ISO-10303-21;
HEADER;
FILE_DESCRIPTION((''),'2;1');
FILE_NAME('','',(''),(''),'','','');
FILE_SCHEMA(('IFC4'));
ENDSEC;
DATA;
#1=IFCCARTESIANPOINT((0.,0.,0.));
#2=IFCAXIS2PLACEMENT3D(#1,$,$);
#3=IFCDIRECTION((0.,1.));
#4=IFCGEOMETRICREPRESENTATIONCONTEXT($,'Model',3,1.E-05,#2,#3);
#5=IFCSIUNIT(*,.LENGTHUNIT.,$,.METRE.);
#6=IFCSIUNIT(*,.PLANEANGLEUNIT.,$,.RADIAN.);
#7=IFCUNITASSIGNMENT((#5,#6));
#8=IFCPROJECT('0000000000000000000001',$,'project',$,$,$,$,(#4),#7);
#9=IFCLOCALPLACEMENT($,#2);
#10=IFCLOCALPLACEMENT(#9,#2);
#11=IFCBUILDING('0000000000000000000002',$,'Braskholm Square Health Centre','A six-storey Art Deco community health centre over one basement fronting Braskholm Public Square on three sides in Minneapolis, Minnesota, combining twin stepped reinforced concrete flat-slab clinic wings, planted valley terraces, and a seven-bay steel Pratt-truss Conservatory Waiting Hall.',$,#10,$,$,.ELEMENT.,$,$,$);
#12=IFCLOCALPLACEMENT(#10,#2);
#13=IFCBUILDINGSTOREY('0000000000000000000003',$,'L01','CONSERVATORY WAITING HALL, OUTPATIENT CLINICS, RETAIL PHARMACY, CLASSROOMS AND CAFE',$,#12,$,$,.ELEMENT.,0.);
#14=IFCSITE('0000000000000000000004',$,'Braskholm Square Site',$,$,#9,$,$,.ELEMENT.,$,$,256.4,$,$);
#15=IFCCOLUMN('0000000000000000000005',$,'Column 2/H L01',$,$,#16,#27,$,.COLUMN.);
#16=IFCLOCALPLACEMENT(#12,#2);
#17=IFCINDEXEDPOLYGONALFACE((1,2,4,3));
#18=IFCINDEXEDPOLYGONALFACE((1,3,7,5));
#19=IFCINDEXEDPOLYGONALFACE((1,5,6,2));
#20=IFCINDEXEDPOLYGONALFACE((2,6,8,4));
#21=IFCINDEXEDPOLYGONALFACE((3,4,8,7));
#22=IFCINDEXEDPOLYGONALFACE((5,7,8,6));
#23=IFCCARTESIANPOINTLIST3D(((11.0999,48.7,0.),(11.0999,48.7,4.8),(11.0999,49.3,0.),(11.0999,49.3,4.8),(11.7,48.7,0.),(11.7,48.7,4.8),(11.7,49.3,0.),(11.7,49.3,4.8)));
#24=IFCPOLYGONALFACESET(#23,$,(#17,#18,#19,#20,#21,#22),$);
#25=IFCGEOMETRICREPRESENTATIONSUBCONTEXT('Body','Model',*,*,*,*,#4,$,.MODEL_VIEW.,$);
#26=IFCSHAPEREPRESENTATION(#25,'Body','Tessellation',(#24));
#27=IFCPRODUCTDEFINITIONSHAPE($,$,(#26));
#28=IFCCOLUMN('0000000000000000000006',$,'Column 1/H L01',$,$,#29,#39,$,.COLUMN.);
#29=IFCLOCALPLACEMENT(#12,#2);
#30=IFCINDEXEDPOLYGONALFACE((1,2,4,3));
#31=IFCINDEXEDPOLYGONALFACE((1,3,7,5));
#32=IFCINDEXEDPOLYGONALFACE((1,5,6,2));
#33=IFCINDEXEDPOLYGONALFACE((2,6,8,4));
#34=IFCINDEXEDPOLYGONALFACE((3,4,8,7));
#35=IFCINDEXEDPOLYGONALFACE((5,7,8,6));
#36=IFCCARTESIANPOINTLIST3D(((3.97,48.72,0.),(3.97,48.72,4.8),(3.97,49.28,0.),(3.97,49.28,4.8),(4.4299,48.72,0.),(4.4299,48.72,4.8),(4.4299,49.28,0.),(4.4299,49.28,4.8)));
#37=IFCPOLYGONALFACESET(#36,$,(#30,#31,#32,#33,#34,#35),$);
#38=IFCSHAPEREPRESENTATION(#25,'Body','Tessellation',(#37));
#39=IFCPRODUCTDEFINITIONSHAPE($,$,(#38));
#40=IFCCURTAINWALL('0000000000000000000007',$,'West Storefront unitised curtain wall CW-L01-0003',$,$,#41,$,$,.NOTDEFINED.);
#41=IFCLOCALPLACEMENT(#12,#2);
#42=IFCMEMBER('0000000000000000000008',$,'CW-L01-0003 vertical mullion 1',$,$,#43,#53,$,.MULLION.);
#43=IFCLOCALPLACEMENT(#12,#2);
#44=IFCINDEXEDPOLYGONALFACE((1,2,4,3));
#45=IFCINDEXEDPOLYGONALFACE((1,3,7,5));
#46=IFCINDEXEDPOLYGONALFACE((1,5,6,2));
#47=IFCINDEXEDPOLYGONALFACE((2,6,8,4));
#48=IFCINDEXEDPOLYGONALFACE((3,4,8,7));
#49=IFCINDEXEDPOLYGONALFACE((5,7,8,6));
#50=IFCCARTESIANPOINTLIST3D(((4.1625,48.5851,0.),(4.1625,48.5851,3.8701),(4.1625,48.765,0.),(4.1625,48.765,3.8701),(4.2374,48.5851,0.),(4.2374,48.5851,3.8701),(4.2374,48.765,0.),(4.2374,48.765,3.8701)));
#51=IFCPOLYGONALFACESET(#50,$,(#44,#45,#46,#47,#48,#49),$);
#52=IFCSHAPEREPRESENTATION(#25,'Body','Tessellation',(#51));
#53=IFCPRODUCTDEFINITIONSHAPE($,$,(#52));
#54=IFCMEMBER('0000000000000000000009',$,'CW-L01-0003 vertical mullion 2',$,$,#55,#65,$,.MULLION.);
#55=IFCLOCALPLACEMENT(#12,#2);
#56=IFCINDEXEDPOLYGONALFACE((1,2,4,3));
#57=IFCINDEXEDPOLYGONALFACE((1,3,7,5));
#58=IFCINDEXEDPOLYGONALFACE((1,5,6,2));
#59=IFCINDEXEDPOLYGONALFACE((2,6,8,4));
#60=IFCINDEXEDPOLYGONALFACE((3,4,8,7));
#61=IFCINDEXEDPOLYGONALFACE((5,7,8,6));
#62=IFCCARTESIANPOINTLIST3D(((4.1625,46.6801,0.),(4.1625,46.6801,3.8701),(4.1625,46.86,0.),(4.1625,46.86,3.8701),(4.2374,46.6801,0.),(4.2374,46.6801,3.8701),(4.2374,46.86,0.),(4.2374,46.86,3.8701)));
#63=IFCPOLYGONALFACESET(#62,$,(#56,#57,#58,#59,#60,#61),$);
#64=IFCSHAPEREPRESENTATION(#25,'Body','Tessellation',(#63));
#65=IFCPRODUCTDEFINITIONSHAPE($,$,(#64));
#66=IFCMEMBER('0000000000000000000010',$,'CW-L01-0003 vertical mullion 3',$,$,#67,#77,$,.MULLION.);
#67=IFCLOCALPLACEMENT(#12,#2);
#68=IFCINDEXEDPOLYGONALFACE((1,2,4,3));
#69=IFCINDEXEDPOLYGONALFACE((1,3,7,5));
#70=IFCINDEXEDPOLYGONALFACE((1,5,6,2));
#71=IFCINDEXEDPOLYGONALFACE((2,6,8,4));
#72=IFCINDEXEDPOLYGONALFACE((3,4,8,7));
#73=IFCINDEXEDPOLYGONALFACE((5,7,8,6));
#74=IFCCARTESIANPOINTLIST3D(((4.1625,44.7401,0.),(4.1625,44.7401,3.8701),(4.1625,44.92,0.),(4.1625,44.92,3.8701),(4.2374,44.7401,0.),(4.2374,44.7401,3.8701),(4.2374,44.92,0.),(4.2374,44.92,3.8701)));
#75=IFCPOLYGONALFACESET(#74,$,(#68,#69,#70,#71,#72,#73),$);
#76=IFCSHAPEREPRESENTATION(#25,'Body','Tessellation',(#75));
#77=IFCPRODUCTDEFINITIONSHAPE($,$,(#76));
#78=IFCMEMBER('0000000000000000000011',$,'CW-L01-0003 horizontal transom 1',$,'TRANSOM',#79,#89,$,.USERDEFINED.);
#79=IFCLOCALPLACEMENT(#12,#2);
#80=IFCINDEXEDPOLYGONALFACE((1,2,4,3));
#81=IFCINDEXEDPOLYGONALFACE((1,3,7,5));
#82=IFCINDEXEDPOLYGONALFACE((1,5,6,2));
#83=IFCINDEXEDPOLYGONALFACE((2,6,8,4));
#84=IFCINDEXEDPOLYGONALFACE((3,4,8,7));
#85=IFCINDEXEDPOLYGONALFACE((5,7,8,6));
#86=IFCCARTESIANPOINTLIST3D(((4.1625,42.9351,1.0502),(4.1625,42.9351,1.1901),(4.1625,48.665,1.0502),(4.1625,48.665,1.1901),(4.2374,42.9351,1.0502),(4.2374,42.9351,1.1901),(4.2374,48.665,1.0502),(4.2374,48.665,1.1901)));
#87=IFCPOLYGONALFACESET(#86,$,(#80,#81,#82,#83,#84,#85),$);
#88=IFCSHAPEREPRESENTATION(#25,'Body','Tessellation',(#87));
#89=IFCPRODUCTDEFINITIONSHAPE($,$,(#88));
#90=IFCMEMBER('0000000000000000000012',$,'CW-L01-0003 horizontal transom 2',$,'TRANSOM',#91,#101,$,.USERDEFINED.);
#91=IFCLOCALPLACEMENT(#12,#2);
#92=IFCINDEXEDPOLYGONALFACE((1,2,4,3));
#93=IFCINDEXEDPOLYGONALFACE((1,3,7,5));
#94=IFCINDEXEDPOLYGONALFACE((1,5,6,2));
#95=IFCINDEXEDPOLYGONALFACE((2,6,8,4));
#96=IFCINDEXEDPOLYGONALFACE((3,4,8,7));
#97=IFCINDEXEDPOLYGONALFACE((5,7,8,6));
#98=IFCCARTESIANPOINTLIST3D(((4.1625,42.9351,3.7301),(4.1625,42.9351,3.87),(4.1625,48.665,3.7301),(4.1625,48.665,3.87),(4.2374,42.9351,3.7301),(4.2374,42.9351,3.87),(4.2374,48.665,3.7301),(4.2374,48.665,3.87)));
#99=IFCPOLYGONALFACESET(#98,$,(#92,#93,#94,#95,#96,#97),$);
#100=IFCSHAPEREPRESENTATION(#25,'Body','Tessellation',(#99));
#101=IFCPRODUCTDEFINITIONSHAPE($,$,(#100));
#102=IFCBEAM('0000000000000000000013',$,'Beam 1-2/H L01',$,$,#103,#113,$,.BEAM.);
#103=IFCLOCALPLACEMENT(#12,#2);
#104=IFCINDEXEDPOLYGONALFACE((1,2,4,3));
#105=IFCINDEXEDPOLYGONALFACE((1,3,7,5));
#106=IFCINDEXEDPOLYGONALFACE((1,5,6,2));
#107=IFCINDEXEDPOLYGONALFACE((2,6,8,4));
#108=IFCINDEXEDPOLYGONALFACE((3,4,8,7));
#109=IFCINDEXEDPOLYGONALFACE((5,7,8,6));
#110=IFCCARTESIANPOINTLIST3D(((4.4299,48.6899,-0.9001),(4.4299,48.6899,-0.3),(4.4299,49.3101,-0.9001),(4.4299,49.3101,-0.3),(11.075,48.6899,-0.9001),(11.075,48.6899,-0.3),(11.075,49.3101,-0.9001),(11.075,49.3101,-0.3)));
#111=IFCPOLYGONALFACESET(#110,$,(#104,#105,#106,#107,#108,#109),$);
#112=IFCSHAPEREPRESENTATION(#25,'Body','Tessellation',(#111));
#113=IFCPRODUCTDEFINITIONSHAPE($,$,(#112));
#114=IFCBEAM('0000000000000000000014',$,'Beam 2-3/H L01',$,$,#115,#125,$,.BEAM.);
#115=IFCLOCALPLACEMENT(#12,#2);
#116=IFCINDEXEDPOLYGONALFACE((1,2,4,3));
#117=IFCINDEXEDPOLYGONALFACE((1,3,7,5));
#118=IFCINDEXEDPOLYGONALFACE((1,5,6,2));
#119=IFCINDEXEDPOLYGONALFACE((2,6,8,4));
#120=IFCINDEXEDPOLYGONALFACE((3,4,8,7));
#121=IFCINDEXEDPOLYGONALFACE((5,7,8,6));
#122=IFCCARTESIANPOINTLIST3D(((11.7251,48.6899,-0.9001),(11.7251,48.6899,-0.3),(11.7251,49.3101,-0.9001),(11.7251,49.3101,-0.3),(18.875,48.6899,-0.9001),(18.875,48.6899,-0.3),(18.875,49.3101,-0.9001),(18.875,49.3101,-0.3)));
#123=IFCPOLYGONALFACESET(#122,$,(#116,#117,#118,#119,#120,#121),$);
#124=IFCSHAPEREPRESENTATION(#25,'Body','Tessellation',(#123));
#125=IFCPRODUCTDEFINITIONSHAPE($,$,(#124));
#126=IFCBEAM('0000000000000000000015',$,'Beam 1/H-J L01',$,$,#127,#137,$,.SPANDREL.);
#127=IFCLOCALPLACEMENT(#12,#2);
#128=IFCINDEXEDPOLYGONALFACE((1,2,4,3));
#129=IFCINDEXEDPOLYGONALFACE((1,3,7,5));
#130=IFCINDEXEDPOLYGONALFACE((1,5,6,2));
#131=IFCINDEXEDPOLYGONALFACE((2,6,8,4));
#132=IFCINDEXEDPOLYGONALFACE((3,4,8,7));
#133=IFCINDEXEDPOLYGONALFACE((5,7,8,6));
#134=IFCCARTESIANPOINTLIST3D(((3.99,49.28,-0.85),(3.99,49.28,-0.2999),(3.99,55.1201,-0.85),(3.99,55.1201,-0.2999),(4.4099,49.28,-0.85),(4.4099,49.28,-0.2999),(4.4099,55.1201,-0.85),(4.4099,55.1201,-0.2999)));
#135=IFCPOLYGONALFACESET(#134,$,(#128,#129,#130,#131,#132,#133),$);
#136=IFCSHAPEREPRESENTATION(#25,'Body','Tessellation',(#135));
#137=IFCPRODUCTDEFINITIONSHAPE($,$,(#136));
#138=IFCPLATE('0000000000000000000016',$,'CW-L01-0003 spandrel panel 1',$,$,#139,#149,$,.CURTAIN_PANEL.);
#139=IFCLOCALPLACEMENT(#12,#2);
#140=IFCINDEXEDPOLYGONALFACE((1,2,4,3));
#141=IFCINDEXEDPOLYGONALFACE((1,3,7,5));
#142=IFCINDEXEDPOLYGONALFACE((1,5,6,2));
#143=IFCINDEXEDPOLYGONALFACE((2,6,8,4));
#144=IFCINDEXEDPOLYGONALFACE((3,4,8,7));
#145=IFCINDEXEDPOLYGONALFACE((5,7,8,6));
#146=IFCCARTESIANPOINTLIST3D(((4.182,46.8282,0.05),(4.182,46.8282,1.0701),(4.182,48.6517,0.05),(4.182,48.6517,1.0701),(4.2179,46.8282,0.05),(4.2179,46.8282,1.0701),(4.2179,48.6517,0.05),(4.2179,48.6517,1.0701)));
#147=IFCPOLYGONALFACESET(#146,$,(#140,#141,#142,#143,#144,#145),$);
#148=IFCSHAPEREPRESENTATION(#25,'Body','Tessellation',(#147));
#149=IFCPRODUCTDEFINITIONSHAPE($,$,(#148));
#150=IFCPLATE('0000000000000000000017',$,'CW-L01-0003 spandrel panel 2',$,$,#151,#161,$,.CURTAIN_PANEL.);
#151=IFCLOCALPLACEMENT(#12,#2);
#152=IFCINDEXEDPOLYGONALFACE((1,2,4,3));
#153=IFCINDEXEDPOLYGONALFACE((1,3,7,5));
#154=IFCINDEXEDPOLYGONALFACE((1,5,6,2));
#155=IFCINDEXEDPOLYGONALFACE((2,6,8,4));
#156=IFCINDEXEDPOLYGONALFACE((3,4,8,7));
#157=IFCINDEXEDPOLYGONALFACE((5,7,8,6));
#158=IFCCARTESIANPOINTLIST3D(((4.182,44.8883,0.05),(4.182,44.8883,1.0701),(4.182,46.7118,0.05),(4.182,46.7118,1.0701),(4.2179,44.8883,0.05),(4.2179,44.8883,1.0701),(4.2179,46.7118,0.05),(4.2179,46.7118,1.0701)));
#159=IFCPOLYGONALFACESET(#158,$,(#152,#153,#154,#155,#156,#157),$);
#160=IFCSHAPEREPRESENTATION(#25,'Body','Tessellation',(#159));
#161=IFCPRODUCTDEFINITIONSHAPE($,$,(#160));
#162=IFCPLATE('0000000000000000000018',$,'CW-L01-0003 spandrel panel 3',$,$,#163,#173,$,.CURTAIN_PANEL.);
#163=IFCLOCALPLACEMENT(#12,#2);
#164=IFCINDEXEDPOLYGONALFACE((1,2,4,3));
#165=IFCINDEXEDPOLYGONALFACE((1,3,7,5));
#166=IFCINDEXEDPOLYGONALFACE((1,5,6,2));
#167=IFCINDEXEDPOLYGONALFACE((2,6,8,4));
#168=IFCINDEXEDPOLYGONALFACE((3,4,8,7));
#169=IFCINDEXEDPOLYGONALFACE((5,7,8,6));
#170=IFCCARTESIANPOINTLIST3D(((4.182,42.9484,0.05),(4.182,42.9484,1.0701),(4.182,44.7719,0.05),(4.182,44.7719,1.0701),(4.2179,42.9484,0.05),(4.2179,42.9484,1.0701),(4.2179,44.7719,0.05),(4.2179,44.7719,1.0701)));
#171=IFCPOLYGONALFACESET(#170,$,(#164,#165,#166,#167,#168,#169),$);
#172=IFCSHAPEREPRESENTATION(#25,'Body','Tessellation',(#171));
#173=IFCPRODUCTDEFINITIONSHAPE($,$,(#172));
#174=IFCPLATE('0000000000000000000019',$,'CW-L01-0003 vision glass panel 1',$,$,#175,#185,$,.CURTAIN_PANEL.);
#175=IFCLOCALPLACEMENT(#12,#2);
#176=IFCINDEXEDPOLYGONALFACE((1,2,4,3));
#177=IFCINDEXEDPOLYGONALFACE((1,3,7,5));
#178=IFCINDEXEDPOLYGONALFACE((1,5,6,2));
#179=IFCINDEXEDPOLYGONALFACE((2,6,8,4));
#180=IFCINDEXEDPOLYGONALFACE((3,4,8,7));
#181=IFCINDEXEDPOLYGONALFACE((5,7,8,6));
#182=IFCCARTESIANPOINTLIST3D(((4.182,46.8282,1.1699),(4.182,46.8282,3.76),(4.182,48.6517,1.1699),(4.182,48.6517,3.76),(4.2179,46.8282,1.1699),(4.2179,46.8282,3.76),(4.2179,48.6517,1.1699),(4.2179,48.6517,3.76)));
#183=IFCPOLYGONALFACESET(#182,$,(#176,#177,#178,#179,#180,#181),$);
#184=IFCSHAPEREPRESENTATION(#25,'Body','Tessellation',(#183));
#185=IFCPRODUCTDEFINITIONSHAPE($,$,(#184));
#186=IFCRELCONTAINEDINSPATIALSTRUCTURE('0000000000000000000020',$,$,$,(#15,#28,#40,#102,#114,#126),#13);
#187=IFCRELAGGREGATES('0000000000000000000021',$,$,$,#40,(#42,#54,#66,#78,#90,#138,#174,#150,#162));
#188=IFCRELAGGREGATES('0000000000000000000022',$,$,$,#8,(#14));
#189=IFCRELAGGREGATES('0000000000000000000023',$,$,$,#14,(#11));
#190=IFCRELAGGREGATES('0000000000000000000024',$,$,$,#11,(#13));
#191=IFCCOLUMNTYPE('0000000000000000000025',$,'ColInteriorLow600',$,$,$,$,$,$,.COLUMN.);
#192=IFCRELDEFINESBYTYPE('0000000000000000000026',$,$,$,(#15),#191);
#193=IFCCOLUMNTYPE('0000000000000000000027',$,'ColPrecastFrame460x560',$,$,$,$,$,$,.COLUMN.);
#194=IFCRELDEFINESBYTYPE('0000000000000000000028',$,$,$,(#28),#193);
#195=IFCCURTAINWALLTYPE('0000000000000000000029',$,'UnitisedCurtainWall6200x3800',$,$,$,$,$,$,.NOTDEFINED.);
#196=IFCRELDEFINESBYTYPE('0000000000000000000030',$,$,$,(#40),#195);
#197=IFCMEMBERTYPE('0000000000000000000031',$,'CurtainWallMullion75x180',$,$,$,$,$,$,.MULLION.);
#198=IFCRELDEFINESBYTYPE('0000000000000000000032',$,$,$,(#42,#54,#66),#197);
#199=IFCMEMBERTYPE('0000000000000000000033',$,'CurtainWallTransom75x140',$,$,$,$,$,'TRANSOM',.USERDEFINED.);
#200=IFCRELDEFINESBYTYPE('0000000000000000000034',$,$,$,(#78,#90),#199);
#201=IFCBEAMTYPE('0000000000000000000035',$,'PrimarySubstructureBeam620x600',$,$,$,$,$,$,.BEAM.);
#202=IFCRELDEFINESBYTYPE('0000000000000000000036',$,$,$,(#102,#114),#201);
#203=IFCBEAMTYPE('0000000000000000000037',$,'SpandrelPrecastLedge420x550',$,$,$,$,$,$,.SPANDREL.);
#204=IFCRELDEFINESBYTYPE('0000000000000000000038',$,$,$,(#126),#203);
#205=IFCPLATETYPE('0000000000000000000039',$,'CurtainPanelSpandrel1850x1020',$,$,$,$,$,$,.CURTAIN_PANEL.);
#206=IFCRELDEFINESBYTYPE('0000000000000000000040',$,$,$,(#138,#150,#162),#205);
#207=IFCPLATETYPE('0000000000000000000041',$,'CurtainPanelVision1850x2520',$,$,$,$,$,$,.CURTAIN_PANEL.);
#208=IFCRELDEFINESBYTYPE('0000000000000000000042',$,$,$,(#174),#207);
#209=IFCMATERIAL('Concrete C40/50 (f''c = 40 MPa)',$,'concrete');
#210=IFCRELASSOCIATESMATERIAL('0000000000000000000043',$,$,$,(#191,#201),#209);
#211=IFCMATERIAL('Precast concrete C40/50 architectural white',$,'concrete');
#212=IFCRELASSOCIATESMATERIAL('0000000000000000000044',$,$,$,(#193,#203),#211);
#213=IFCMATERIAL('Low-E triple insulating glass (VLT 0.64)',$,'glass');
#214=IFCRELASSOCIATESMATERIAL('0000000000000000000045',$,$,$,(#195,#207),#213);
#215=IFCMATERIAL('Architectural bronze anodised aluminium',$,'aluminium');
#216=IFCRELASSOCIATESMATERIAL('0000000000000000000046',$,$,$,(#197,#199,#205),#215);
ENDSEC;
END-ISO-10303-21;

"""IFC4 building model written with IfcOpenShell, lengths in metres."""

from ifc_helpers import new_model, si_unit, direction, frame, origin, origin_2d, place, context, subcontext, project, spatial, rectangle, extrude, material, material_profile, profile_set, type_object, element, aggregate, save


model = new_model("IFC4")

# Units and contexts
model_context = context("Model", 3, precision=1e-05, world=origin(), true_north=direction((0.0, 1.0)))
body_context = subcontext(model_context, "Body", "Model", "MODEL_VIEW")
ifc_project = project(units=[si_unit("LENGTHUNIT", "METRE"), si_unit("PLANEANGLEUNIT", "RADIAN")], contexts=[model_context])

# Site, building, storey
site_placement = place(None, origin())
site = spatial("IfcSite", under=ifc_project, at=site_placement, Name="Braskholm Square Site", CompositionType="ELEMENT", RefElevation=256.4)
building_placement = place(site_placement, origin())
building = spatial("IfcBuilding", under=site, at=building_placement, Name="Braskholm Square Health Centre", Description="A six-storey Art Deco community health centre over one basement fronting Braskholm Public Square on three sides in Minneapolis, Minnesota, combining twin stepped reinforced concrete flat-slab clinic wings, planted valley terraces, and a seven-bay steel Pratt-truss Conservatory Waiting Hall.", CompositionType="ELEMENT")
storey_placement = place(building_placement, origin())
storey = spatial("IfcBuildingStorey", under=building, at=storey_placement, Name="L01", Description="CONSERVATORY WAITING HALL, OUTPATIENT CLINICS, RETAIL PHARMACY, CLASSROOMS AND CAFE", CompositionType="ELEMENT", Elevation=0.0)

# Columns
ifc_material_1 = material(Name="Concrete C40/50 (f'c = 40 MPa)", Category="concrete")
ifc_material_profile_1 = material_profile(ifc_material_1, rectangle(XDim=0.6001, YDim=0.6001, at=origin_2d()), Name="RC-600X600")
ifc_profile_set_1 = profile_set([ifc_material_profile_1], Name="Concrete C40/50 (f'c = 40 MPa)")
column_type_1 = type_object("IfcColumnType", Name="ColInteriorLow600", PredefinedType="COLUMN", material=ifc_profile_set_1)
column_1_placement = place(storey_placement, frame((11.3999, 49.0, 0.0), z_axis=(0.0, 0.0, 1.0), x_axis=(1.0, 0.0, 0.0)))
element("IfcColumn", 1, at=column_1_placement, inside=storey, type_object=column_type_1, Name="Column 2/H L01", PredefinedType="COLUMN", context=body_context, shape_type="SweptSolid", body=[
    extrude(rectangle(XDim=0.6001, YDim=0.6001, at=origin_2d()), origin(), (0.0, 0.0, 1.0), 4.8),
])
ifc_material_2 = material(Name="Precast concrete C40/50 architectural white", Category="concrete")
ifc_material_profile_2 = material_profile(ifc_material_2, rectangle(XDim=0.46, YDim=0.5601, at=origin_2d()), Name="RC-460X560")
ifc_profile_set_2 = profile_set([ifc_material_profile_2], Name="Precast concrete C40/50 architectural white")
column_type_2 = type_object("IfcColumnType", Name="ColPrecastFrame460x560", PredefinedType="COLUMN", material=ifc_profile_set_2)
column_2_placement = place(storey_placement, frame((4.2, 49.0, 0.0), z_axis=(0.0, 0.0, 1.0), x_axis=(1.0, 0.0, 0.0)))
element("IfcColumn", 2, at=column_2_placement, inside=storey, type_object=column_type_2, Name="Column 1/H L01", PredefinedType="COLUMN", context=body_context, shape_type="SweptSolid", body=[
    extrude(rectangle(XDim=0.46, YDim=0.5601, at=origin_2d()), origin(), (0.0, 0.0, 1.0), 4.8),
])

# Curtain wall, members
ifc_material_3 = material(Name="Low-E triple insulating glass (VLT 0.64)", Category="glass")
curtain_wall_type = type_object("IfcCurtainWallType", Name="UnitisedCurtainWall6200x3800", PredefinedType="NOTDEFINED", material=ifc_material_3)
curtain_wall_placement = place(storey_placement, origin())
curtain_wall = element("IfcCurtainWall", 3, at=curtain_wall_placement, inside=storey, type_object=curtain_wall_type, Name="West Storefront unitised curtain wall CW-L01-0003", PredefinedType="NOTDEFINED")
ifc_material_4 = material(Name="Architectural bronze anodised aluminium", Category="aluminium")
ifc_material_profile_3 = material_profile(ifc_material_4, rectangle(XDim=0.075, YDim=0.1799, at=origin_2d()), Name="ALU-75X180")
ifc_profile_set_3 = profile_set([ifc_material_profile_3], Name="Architectural bronze anodised aluminium")
member_type_1 = type_object("IfcMemberType", Name="CurtainWallMullion75x180", PredefinedType="MULLION", material=ifc_profile_set_3)
member_1_placement = place(storey_placement, frame((4.2, 48.675, 0.0), z_axis=(0.0, 0.0, 1.0), x_axis=(1.0, 0.0, 0.0)))
member_1 = element("IfcMember", 4, at=member_1_placement, type_object=member_type_1, Name="CW-L01-0003 vertical mullion 1", PredefinedType="MULLION", context=body_context, shape_type="SweptSolid", body=[
    extrude(rectangle(XDim=0.075, YDim=0.1799, at=origin_2d()), origin(), (0.0, 0.0, 1.0), 3.8701),
])
member_2_placement = place(storey_placement, frame((4.2, 46.77, 0.0), z_axis=(0.0, 0.0, 1.0), x_axis=(1.0, 0.0, 0.0)))
member_2 = element("IfcMember", 5, at=member_2_placement, type_object=member_type_1, Name="CW-L01-0003 vertical mullion 2", PredefinedType="MULLION", context=body_context, shape_type="SweptSolid", body=[
    extrude(rectangle(XDim=0.075, YDim=0.1799, at=origin_2d()), origin(), (0.0, 0.0, 1.0), 3.8701),
])
member_3_placement = place(storey_placement, frame((4.2, 44.8301, 0.0), z_axis=(0.0, 0.0, 1.0), x_axis=(1.0, 0.0, 0.0)))
member_3 = element("IfcMember", 6, at=member_3_placement, type_object=member_type_1, Name="CW-L01-0003 vertical mullion 3", PredefinedType="MULLION", context=body_context, shape_type="SweptSolid", body=[
    extrude(rectangle(XDim=0.075, YDim=0.1799, at=origin_2d()), origin(), (0.0, 0.0, 1.0), 3.8701),
])
ifc_material_profile_4 = material_profile(ifc_material_4, rectangle(XDim=0.075, YDim=0.1399, at=origin_2d()), Name="ALU-75X140")
ifc_profile_set_4 = profile_set([ifc_material_profile_4], Name="Architectural bronze anodised aluminium")
member_type_2 = type_object("IfcMemberType", Name="CurtainWallTransom75x140", ElementType="TRANSOM", PredefinedType="USERDEFINED", material=ifc_profile_set_4)
member_4_placement = place(storey_placement, frame((4.2, 48.665, 1.1201), z_axis=(0.0, -1.0, 0.0), x_axis=(1.0, 0.0, 0.0)))
member_4 = element("IfcMember", 7, at=member_4_placement, type_object=member_type_2, Name="CW-L01-0003 horizontal transom 1", ObjectType="TRANSOM", PredefinedType="USERDEFINED", context=body_context, shape_type="SweptSolid", body=[
    extrude(rectangle(XDim=0.075, YDim=0.1399, at=origin_2d()), origin(), (0.0, 0.0, 1.0), 5.73),
])
member_5_placement = place(storey_placement, frame((4.2, 48.665, 3.8), z_axis=(0.0, -1.0, 0.0), x_axis=(1.0, 0.0, 0.0)))
member_5 = element("IfcMember", 8, at=member_5_placement, type_object=member_type_2, Name="CW-L01-0003 horizontal transom 2", ObjectType="TRANSOM", PredefinedType="USERDEFINED", context=body_context, shape_type="SweptSolid", body=[
    extrude(rectangle(XDim=0.075, YDim=0.1399, at=origin_2d()), origin(), (0.0, 0.0, 1.0), 5.73),
])

# Beams
ifc_material_profile_5 = material_profile(ifc_material_1, rectangle(XDim=0.6201, YDim=0.6001, at=origin_2d()), Name="RCB-620X600")
ifc_profile_set_5 = profile_set([ifc_material_profile_5], Name="Concrete C40/50 (f'c = 40 MPa)")
beam_type_1 = type_object("IfcBeamType", Name="PrimarySubstructureBeam620x600", PredefinedType="BEAM", material=ifc_profile_set_5)
beam_1_placement = place(storey_placement, frame((4.4299, 49.0, -0.6001), z_axis=(1.0, 0.0, 0.0), x_axis=(0.0, 1.0, 0.0)))
element("IfcBeam", 9, at=beam_1_placement, inside=storey, type_object=beam_type_1, Name="Beam 1-2/H L01", PredefinedType="BEAM", context=body_context, shape_type="SweptSolid", body=[
    extrude(rectangle(XDim=0.6201, YDim=0.6001, at=origin_2d()), origin(), (0.0, 0.0, 1.0), 6.645),
])
beam_2_placement = place(storey_placement, frame((11.7251, 49.0, -0.6001), z_axis=(1.0, 0.0, 0.0), x_axis=(0.0, 1.0, 0.0)))
element("IfcBeam", 10, at=beam_2_placement, inside=storey, type_object=beam_type_1, Name="Beam 2-3/H L01", PredefinedType="BEAM", context=body_context, shape_type="SweptSolid", body=[
    extrude(rectangle(XDim=0.6201, YDim=0.6001, at=origin_2d()), origin(), (0.0, 0.0, 1.0), 7.1499),
])
ifc_material_profile_6 = material_profile(ifc_material_2, rectangle(XDim=0.4199, YDim=0.55, at=origin_2d()), Name="RCB-420X550")
ifc_profile_set_6 = profile_set([ifc_material_profile_6], Name="Precast concrete C40/50 architectural white")
beam_type_2 = type_object("IfcBeamType", Name="SpandrelPrecastLedge420x550", PredefinedType="SPANDREL", material=ifc_profile_set_6)
beam_3_placement = place(storey_placement, frame((4.2, 49.28, -0.575), z_axis=(0.0, 1.0, 0.0), x_axis=(-1.0, 0.0, 0.0)))
element("IfcBeam", 11, at=beam_3_placement, inside=storey, type_object=beam_type_2, Name="Beam 1/H-J L01", PredefinedType="SPANDREL", context=body_context, shape_type="SweptSolid", body=[
    extrude(rectangle(XDim=0.4199, YDim=0.55, at=origin_2d()), origin(), (0.0, 0.0, 1.0), 5.8401),
])

# Plates
plate_type_1 = type_object("IfcPlateType", Name="CurtainPanelSpandrel1850x1020", PredefinedType="CURTAIN_PANEL", material=ifc_material_4)
plate_1_placement = place(storey_placement, frame((4.2, 47.74, 0.05), z_axis=(0.0, 0.0, 1.0), x_axis=(0.0, -1.0, 0.0)))
plate_1 = element("IfcPlate", 12, at=plate_1_placement, type_object=plate_type_1, Name="CW-L01-0003 spandrel panel 1", PredefinedType="CURTAIN_PANEL", context=body_context, shape_type="SweptSolid", body=[
    extrude(rectangle(XDim=1.8235, YDim=0.0359, at=origin_2d()), origin(), (0.0, 0.0, 1.0), 1.02),
])
plate_2_placement = place(storey_placement, frame((4.2, 45.8, 0.05), z_axis=(0.0, 0.0, 1.0), x_axis=(0.0, -1.0, 0.0)))
plate_2 = element("IfcPlate", 13, at=plate_2_placement, type_object=plate_type_1, Name="CW-L01-0003 spandrel panel 2", PredefinedType="CURTAIN_PANEL", context=body_context, shape_type="SweptSolid", body=[
    extrude(rectangle(XDim=1.8235, YDim=0.0359, at=origin_2d()), origin(), (0.0, 0.0, 1.0), 1.02),
])
plate_3_placement = place(storey_placement, frame((4.2, 43.8601, 0.05), z_axis=(0.0, 0.0, 1.0), x_axis=(0.0, -1.0, 0.0)))
plate_3 = element("IfcPlate", 14, at=plate_3_placement, type_object=plate_type_1, Name="CW-L01-0003 spandrel panel 3", PredefinedType="CURTAIN_PANEL", context=body_context, shape_type="SweptSolid", body=[
    extrude(rectangle(XDim=1.8235, YDim=0.0359, at=origin_2d()), origin(), (0.0, 0.0, 1.0), 1.02),
])
plate_type_2 = type_object("IfcPlateType", Name="CurtainPanelVision1850x2520", PredefinedType="CURTAIN_PANEL", material=ifc_material_3)
plate_4_placement = place(storey_placement, frame((4.2, 47.74, 1.1699), z_axis=(0.0, 0.0, 1.0), x_axis=(0.0, -1.0, 0.0)))
plate_4 = element("IfcPlate", 15, at=plate_4_placement, type_object=plate_type_2, Name="CW-L01-0003 vision glass panel 1", PredefinedType="CURTAIN_PANEL", context=body_context, shape_type="SweptSolid", body=[
    extrude(rectangle(XDim=1.8235, YDim=0.0359, at=origin_2d()), origin(), (0.0, 0.0, 1.0), 2.5901),
])
aggregate(curtain_wall, [member_1, member_2, member_3, member_4, member_5, plate_1, plate_4, plate_2, plate_3])

save(model, "model.ifc")
